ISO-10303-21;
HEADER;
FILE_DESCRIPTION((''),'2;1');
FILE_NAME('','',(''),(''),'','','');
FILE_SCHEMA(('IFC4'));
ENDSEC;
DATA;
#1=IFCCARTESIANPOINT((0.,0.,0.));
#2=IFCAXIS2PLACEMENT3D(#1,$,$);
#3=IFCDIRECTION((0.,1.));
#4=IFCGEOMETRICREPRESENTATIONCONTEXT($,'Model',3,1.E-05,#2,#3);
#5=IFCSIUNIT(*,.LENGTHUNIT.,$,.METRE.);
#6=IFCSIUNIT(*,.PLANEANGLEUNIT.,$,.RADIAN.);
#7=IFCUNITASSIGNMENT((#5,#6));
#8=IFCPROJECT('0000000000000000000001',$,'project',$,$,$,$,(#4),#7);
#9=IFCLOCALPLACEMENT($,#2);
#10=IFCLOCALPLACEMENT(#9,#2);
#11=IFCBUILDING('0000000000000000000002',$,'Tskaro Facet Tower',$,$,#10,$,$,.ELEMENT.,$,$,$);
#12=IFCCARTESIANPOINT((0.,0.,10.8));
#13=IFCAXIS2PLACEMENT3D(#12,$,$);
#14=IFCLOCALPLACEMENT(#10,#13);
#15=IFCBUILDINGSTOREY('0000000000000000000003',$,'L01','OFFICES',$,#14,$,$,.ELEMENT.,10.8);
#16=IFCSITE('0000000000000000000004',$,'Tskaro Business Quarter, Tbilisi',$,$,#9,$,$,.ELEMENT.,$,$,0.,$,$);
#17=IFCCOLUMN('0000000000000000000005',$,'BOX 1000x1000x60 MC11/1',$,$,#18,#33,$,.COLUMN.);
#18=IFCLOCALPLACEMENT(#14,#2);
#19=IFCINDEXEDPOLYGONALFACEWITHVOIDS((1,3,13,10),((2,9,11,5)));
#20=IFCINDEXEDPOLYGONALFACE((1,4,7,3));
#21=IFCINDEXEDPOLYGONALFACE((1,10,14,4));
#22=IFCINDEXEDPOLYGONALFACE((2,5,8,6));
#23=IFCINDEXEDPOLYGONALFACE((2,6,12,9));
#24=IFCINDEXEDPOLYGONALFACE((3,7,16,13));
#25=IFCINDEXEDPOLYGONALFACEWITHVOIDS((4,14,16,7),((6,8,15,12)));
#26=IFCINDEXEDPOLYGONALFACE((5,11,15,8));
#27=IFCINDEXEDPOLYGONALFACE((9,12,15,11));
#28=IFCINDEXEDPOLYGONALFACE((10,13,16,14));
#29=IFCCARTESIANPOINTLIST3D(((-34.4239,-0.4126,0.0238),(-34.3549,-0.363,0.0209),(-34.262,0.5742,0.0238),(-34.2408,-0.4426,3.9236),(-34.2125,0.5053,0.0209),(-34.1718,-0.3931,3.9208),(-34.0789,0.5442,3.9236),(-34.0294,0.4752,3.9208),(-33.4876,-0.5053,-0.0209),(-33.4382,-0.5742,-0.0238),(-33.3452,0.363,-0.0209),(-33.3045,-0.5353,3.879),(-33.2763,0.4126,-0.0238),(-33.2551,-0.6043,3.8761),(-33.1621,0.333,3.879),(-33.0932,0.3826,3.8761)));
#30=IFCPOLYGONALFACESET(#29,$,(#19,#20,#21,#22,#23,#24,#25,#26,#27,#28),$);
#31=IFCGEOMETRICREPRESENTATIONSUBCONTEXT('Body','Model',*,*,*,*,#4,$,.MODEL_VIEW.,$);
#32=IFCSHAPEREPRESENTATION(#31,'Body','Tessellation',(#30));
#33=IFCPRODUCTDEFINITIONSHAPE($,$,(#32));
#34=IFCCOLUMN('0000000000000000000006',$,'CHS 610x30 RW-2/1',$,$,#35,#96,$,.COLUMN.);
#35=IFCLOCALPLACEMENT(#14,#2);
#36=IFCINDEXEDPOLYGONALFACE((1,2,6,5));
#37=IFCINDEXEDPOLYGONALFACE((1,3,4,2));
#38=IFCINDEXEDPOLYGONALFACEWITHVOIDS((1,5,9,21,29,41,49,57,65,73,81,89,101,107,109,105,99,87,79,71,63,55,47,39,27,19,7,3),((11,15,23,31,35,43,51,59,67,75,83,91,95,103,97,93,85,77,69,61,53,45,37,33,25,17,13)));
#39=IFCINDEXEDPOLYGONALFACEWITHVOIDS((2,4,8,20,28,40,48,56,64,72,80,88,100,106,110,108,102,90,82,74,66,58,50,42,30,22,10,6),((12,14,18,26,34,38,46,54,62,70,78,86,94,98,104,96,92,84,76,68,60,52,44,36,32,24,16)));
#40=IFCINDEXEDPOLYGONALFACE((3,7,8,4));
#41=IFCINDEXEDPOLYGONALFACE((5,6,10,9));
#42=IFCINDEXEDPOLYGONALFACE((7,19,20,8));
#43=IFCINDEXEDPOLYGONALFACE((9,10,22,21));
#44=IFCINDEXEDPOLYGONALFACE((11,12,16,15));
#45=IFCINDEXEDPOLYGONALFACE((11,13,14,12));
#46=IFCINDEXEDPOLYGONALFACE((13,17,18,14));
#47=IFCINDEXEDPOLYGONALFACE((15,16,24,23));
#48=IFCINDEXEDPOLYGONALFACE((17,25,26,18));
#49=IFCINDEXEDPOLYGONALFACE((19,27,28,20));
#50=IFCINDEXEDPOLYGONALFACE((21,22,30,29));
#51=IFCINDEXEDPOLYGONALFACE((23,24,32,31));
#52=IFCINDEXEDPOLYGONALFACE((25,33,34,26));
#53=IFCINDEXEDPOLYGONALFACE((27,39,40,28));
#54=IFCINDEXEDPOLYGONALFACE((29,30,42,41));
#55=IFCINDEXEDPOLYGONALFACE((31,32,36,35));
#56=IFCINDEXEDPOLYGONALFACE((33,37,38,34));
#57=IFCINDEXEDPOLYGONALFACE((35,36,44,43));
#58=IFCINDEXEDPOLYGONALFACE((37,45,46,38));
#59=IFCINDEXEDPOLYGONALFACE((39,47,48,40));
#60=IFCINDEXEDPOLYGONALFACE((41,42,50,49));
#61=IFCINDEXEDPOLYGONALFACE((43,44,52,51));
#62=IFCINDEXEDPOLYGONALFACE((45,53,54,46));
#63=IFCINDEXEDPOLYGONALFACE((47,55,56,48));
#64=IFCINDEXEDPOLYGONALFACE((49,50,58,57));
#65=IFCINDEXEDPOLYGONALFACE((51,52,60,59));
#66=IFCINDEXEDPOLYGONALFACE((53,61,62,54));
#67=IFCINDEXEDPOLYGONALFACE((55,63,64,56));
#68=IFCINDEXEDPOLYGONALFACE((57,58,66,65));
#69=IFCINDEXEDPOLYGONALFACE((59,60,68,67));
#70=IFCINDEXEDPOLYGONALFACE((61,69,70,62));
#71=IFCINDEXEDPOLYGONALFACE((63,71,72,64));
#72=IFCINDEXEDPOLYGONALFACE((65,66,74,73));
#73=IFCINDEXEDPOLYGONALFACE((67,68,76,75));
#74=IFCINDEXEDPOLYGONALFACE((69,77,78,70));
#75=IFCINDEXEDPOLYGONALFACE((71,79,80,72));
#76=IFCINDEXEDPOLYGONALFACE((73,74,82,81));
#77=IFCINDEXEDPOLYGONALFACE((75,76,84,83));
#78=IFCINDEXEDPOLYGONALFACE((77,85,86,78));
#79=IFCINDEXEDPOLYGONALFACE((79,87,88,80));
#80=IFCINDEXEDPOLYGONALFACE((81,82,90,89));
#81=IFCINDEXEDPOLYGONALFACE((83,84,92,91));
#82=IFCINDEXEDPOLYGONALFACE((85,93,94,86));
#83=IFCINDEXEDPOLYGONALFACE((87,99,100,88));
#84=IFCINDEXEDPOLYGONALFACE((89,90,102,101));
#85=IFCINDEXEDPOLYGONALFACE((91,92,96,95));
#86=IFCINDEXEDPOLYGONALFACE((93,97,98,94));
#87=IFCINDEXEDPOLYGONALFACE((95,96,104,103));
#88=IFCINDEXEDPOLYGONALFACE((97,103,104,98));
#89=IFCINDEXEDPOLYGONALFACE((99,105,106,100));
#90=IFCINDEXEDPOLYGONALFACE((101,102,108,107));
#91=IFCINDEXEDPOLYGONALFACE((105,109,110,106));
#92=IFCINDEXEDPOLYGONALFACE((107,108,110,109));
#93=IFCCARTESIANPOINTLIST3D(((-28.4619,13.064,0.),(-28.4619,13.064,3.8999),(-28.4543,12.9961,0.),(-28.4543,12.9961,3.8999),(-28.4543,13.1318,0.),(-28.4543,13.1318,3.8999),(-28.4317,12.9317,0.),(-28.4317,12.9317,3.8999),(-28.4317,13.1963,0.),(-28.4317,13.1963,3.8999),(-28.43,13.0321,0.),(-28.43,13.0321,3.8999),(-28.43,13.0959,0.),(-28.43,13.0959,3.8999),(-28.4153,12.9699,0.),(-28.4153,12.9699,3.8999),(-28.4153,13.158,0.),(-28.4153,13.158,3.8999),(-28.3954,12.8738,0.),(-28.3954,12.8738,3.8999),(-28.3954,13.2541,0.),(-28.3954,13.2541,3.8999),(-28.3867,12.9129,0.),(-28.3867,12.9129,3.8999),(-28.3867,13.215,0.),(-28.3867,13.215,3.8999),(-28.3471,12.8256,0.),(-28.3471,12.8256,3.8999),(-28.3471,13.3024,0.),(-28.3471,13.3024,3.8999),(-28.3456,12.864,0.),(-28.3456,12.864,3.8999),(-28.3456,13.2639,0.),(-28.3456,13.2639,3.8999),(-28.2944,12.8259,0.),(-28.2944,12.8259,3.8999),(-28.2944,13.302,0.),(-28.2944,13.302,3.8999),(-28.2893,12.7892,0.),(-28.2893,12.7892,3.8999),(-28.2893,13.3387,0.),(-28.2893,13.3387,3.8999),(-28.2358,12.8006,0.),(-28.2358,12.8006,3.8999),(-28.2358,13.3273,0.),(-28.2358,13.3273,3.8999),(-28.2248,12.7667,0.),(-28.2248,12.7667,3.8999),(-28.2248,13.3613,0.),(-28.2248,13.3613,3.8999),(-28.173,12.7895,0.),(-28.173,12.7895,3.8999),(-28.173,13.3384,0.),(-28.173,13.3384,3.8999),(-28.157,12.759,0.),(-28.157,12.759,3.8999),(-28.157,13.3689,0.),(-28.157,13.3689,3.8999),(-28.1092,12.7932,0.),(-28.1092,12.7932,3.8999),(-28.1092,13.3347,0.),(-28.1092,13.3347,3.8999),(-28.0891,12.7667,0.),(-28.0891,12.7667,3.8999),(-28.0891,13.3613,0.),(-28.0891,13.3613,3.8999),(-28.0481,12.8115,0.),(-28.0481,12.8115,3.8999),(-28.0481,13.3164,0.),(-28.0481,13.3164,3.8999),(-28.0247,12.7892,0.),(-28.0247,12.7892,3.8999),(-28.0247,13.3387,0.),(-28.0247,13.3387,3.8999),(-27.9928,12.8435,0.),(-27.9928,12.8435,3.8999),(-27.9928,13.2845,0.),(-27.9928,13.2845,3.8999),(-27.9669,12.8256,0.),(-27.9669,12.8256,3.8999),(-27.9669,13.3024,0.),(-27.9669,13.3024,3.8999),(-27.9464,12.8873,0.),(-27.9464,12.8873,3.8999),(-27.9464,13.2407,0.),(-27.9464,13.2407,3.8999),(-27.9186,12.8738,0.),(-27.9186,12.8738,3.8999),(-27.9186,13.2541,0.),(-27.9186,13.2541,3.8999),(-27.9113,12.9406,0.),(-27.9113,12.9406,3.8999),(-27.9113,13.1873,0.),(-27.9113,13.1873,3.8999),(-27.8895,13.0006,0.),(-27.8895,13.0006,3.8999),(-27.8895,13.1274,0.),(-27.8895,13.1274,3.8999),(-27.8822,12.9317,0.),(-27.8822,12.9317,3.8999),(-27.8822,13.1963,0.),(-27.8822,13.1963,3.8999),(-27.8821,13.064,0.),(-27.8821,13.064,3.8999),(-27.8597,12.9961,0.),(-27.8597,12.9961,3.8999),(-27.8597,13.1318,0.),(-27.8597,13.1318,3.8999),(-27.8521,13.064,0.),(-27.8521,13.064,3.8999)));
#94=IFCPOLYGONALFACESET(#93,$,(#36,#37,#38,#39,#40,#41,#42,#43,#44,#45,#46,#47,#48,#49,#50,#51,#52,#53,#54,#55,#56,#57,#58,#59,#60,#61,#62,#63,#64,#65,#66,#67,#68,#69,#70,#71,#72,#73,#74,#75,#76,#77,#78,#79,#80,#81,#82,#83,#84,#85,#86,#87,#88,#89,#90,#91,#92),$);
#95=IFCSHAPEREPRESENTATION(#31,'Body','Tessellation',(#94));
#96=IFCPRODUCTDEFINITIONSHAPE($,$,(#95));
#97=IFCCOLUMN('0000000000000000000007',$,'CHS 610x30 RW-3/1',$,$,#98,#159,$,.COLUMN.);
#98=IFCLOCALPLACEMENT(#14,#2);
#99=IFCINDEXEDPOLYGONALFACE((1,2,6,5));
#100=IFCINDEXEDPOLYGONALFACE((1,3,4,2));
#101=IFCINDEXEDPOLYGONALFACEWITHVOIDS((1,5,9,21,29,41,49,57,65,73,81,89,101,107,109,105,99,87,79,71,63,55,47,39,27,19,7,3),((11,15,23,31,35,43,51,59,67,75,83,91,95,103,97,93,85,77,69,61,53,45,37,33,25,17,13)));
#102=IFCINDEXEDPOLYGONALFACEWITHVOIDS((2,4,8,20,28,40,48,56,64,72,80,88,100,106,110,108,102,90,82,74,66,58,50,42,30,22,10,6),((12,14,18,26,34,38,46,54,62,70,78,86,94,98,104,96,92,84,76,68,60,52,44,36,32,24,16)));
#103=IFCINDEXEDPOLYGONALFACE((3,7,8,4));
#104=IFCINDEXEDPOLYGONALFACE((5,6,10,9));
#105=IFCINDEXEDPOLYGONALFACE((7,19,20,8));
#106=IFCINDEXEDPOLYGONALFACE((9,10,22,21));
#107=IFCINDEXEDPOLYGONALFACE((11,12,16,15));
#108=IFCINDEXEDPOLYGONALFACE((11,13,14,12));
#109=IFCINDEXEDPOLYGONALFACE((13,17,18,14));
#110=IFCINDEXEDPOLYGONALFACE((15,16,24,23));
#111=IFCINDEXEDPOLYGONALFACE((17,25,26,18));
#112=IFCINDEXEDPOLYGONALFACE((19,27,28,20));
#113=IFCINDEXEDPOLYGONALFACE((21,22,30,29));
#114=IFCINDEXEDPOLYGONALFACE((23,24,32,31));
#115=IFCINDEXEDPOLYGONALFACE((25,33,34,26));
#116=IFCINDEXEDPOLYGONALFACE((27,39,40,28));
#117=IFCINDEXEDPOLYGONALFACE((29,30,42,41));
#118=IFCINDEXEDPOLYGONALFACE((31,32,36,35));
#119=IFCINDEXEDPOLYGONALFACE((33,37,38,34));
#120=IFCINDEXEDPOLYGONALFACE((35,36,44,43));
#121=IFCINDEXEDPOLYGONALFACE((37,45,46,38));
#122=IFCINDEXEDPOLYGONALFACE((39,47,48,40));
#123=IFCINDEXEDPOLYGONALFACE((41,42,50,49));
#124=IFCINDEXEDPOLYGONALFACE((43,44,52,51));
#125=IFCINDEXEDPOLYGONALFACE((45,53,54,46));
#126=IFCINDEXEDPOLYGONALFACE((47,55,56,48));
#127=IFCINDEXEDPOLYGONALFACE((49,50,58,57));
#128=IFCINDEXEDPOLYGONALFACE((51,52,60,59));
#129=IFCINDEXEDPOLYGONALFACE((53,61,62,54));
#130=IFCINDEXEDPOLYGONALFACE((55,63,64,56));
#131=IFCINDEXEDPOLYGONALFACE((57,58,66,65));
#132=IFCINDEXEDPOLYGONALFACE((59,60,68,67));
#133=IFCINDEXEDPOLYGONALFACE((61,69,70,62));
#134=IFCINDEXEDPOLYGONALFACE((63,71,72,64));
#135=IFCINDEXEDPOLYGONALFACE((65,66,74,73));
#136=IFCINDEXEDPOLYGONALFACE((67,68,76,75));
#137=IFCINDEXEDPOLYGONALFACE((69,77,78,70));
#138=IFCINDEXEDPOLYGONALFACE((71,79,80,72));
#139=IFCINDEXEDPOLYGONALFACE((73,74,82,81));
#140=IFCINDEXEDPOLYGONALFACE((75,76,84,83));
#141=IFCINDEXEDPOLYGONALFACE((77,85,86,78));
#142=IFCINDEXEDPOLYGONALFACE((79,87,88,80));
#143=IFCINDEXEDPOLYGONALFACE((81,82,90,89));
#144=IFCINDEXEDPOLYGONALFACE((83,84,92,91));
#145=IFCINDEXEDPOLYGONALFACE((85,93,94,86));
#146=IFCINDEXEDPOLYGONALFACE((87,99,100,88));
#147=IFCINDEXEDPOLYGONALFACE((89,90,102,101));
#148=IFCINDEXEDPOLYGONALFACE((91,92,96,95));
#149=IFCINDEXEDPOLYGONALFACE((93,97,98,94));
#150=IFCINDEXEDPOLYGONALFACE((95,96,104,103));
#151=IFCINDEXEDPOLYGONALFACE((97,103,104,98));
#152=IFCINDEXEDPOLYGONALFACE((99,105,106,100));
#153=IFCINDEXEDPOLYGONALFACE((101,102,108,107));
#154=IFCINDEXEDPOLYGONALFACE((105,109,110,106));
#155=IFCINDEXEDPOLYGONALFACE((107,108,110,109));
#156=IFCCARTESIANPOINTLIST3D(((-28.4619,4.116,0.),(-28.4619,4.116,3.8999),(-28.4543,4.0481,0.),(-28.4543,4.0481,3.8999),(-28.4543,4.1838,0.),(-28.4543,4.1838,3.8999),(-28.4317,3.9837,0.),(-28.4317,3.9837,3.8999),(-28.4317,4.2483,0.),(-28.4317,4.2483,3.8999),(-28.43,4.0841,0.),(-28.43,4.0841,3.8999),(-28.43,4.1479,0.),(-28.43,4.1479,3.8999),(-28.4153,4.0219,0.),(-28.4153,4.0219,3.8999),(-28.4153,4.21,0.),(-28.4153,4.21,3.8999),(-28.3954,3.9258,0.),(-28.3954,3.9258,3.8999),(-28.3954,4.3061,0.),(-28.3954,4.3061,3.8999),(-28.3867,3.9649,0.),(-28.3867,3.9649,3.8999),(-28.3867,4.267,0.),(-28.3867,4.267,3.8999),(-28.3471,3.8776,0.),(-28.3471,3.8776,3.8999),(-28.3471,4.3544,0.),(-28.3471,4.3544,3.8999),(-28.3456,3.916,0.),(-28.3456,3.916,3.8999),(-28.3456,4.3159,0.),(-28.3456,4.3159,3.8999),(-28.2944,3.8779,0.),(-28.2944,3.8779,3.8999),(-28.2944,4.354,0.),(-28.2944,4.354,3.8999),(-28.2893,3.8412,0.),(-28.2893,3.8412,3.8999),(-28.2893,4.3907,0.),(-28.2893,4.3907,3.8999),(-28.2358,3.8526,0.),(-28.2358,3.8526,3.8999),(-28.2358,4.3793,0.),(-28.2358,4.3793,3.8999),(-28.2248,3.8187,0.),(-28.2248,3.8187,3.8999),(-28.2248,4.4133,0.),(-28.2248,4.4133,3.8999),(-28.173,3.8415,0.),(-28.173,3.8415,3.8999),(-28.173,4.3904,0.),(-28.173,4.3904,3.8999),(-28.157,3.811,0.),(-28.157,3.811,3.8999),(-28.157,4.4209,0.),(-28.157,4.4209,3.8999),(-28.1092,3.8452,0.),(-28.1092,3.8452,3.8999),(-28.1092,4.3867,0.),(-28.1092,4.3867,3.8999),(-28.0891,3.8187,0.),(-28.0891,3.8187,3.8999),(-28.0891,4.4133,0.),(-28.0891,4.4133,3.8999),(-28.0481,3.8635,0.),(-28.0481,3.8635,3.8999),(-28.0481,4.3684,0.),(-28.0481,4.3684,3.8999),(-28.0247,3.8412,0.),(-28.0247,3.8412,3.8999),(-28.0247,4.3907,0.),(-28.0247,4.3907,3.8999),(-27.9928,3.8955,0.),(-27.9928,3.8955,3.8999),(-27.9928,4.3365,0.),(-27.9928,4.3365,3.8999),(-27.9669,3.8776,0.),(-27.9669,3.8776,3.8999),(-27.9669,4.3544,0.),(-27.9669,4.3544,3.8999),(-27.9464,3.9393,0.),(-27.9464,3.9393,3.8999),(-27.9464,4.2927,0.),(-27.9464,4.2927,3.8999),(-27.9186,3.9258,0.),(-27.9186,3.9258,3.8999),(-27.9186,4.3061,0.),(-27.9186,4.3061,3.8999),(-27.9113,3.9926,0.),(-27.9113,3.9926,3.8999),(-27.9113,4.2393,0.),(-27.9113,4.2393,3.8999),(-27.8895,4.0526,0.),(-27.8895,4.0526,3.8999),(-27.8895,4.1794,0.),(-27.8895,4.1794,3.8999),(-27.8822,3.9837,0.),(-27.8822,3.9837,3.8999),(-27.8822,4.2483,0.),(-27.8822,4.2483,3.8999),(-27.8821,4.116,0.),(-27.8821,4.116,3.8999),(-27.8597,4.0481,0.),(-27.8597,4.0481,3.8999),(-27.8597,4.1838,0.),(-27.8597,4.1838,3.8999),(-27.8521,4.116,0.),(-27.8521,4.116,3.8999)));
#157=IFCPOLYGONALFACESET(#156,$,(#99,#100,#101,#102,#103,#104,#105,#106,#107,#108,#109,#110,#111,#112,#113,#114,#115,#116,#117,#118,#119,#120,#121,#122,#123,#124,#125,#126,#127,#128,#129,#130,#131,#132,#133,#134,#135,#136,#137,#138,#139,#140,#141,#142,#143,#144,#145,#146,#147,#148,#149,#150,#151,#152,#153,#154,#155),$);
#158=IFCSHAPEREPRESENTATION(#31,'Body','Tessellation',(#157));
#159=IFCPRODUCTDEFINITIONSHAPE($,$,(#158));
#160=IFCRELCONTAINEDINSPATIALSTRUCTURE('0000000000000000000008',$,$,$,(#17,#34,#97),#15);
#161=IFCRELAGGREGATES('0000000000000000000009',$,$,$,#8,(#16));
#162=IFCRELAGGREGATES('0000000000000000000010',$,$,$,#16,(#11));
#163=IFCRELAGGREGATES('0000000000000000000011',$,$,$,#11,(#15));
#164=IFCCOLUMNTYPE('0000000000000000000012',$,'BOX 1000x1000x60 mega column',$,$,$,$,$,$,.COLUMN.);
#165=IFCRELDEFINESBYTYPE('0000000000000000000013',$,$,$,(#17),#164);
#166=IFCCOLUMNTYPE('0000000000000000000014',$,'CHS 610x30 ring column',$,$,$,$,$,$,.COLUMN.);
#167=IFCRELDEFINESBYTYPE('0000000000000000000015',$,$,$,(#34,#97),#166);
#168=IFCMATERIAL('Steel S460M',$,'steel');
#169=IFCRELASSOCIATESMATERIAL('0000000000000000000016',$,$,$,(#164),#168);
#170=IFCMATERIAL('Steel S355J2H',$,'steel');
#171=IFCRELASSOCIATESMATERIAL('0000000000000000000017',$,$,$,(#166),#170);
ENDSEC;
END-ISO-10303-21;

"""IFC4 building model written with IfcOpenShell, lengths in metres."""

from ifc_helpers import new_model, si_unit, direction, frame, origin, origin_2d, place, context, subcontext, project, spatial, hollow_rectangle, hollow_circle, extrude, material, material_profile, profile_set, type_object, element, save


model = new_model("IFC4")

# Units and contexts
model_context = context("Model", 3, precision=1e-05, world=origin(), true_north=direction((0.0, 1.0)))
body_context = subcontext(model_context, "Body", "Model", "MODEL_VIEW")
ifc_project = project(units=[si_unit("LENGTHUNIT", "METRE"), si_unit("PLANEANGLEUNIT", "RADIAN")], contexts=[model_context])

# Site, building, storey
site_placement = place(None, origin())
site = spatial("IfcSite", under=ifc_project, at=site_placement, Name="Tskaro Business Quarter, Tbilisi", CompositionType="ELEMENT", RefElevation=0.0)
building_placement = place(site_placement, origin())
building = spatial("IfcBuilding", under=site, at=building_placement, Name="Tskaro Facet Tower", CompositionType="ELEMENT")
storey_placement = place(building_placement, frame((0.0, 0.0, 10.8)))
storey = spatial("IfcBuildingStorey", under=building, at=storey_placement, Name="L01", Description="OFFICES", CompositionType="ELEMENT", Elevation=10.8)

# Columns
ifc_material_1 = material(Name="Steel S460M", Category="steel")
ifc_material_profile_1 = material_profile(ifc_material_1, hollow_rectangle(XDim=1.0, YDim=1.0, WallThickness=0.0601, at=origin_2d()), Name="BOX 1000x1000x60")
ifc_profile_set_1 = profile_set([ifc_material_profile_1], Name="Steel S460M")
column_type_1 = type_object("IfcColumnType", Name="BOX 1000x1000x60 mega column", PredefinedType="COLUMN", material=ifc_profile_set_1)
column_placement = place(storey_placement, frame((-33.8501, 0.0, 0.0), z_axis=(0.046898, -0.007691, 0.99887), x_axis=(0.161838, 0.986817, 0.0)))
element("IfcColumn", 1, at=column_placement, inside=storey, type_object=column_type_1, Name="BOX 1000x1000x60 MC11/1", PredefinedType="COLUMN", context=body_context, shape_type="SweptSolid", body=[
    extrude(hollow_rectangle(XDim=1.0, YDim=1.0, WallThickness=0.0601, at=origin_2d()), origin(), (0.0, 0.0, 1.0), 3.9043),
])
ifc_material_2 = material(Name="Steel S355J2H", Category="steel")
ifc_material_profile_2 = material_profile(ifc_material_2, hollow_circle(Radius=0.3049, WallThickness=0.03, at=origin_2d()), Name="CHS 610x30")
ifc_profile_set_2 = profile_set([ifc_material_profile_2], Name="Steel S355J2H")
column_type_2 = type_object("IfcColumnType", Name="CHS 610x30 ring column", PredefinedType="COLUMN", material=ifc_profile_set_2)
for number, where, z_axis, x_axis, name in (
    (2, (-28.157, 13.064, 0.0), (0.0, 0.0, 1.0), (1.0, 0.0, 0.0), "CHS 610x30 RW-2/1"),
    (3, (-28.157, 4.116, 0.0), (0.0, 0.0, 1.0), (1.0, 0.0, 0.0), "CHS 610x30 RW-3/1"),
):
    element("IfcColumn", number, at=place(storey_placement, frame(where, z_axis=z_axis, x_axis=x_axis)), inside=storey, type_object=column_type_2, Name=name, PredefinedType="COLUMN", context=body_context, shape_type="SweptSolid", body=[
        extrude(hollow_circle(Radius=0.3049, WallThickness=0.03, at=origin_2d()), origin(), (0.0, 0.0, 1.0), 3.8999),
    ])

save(model, "model.ifc")
